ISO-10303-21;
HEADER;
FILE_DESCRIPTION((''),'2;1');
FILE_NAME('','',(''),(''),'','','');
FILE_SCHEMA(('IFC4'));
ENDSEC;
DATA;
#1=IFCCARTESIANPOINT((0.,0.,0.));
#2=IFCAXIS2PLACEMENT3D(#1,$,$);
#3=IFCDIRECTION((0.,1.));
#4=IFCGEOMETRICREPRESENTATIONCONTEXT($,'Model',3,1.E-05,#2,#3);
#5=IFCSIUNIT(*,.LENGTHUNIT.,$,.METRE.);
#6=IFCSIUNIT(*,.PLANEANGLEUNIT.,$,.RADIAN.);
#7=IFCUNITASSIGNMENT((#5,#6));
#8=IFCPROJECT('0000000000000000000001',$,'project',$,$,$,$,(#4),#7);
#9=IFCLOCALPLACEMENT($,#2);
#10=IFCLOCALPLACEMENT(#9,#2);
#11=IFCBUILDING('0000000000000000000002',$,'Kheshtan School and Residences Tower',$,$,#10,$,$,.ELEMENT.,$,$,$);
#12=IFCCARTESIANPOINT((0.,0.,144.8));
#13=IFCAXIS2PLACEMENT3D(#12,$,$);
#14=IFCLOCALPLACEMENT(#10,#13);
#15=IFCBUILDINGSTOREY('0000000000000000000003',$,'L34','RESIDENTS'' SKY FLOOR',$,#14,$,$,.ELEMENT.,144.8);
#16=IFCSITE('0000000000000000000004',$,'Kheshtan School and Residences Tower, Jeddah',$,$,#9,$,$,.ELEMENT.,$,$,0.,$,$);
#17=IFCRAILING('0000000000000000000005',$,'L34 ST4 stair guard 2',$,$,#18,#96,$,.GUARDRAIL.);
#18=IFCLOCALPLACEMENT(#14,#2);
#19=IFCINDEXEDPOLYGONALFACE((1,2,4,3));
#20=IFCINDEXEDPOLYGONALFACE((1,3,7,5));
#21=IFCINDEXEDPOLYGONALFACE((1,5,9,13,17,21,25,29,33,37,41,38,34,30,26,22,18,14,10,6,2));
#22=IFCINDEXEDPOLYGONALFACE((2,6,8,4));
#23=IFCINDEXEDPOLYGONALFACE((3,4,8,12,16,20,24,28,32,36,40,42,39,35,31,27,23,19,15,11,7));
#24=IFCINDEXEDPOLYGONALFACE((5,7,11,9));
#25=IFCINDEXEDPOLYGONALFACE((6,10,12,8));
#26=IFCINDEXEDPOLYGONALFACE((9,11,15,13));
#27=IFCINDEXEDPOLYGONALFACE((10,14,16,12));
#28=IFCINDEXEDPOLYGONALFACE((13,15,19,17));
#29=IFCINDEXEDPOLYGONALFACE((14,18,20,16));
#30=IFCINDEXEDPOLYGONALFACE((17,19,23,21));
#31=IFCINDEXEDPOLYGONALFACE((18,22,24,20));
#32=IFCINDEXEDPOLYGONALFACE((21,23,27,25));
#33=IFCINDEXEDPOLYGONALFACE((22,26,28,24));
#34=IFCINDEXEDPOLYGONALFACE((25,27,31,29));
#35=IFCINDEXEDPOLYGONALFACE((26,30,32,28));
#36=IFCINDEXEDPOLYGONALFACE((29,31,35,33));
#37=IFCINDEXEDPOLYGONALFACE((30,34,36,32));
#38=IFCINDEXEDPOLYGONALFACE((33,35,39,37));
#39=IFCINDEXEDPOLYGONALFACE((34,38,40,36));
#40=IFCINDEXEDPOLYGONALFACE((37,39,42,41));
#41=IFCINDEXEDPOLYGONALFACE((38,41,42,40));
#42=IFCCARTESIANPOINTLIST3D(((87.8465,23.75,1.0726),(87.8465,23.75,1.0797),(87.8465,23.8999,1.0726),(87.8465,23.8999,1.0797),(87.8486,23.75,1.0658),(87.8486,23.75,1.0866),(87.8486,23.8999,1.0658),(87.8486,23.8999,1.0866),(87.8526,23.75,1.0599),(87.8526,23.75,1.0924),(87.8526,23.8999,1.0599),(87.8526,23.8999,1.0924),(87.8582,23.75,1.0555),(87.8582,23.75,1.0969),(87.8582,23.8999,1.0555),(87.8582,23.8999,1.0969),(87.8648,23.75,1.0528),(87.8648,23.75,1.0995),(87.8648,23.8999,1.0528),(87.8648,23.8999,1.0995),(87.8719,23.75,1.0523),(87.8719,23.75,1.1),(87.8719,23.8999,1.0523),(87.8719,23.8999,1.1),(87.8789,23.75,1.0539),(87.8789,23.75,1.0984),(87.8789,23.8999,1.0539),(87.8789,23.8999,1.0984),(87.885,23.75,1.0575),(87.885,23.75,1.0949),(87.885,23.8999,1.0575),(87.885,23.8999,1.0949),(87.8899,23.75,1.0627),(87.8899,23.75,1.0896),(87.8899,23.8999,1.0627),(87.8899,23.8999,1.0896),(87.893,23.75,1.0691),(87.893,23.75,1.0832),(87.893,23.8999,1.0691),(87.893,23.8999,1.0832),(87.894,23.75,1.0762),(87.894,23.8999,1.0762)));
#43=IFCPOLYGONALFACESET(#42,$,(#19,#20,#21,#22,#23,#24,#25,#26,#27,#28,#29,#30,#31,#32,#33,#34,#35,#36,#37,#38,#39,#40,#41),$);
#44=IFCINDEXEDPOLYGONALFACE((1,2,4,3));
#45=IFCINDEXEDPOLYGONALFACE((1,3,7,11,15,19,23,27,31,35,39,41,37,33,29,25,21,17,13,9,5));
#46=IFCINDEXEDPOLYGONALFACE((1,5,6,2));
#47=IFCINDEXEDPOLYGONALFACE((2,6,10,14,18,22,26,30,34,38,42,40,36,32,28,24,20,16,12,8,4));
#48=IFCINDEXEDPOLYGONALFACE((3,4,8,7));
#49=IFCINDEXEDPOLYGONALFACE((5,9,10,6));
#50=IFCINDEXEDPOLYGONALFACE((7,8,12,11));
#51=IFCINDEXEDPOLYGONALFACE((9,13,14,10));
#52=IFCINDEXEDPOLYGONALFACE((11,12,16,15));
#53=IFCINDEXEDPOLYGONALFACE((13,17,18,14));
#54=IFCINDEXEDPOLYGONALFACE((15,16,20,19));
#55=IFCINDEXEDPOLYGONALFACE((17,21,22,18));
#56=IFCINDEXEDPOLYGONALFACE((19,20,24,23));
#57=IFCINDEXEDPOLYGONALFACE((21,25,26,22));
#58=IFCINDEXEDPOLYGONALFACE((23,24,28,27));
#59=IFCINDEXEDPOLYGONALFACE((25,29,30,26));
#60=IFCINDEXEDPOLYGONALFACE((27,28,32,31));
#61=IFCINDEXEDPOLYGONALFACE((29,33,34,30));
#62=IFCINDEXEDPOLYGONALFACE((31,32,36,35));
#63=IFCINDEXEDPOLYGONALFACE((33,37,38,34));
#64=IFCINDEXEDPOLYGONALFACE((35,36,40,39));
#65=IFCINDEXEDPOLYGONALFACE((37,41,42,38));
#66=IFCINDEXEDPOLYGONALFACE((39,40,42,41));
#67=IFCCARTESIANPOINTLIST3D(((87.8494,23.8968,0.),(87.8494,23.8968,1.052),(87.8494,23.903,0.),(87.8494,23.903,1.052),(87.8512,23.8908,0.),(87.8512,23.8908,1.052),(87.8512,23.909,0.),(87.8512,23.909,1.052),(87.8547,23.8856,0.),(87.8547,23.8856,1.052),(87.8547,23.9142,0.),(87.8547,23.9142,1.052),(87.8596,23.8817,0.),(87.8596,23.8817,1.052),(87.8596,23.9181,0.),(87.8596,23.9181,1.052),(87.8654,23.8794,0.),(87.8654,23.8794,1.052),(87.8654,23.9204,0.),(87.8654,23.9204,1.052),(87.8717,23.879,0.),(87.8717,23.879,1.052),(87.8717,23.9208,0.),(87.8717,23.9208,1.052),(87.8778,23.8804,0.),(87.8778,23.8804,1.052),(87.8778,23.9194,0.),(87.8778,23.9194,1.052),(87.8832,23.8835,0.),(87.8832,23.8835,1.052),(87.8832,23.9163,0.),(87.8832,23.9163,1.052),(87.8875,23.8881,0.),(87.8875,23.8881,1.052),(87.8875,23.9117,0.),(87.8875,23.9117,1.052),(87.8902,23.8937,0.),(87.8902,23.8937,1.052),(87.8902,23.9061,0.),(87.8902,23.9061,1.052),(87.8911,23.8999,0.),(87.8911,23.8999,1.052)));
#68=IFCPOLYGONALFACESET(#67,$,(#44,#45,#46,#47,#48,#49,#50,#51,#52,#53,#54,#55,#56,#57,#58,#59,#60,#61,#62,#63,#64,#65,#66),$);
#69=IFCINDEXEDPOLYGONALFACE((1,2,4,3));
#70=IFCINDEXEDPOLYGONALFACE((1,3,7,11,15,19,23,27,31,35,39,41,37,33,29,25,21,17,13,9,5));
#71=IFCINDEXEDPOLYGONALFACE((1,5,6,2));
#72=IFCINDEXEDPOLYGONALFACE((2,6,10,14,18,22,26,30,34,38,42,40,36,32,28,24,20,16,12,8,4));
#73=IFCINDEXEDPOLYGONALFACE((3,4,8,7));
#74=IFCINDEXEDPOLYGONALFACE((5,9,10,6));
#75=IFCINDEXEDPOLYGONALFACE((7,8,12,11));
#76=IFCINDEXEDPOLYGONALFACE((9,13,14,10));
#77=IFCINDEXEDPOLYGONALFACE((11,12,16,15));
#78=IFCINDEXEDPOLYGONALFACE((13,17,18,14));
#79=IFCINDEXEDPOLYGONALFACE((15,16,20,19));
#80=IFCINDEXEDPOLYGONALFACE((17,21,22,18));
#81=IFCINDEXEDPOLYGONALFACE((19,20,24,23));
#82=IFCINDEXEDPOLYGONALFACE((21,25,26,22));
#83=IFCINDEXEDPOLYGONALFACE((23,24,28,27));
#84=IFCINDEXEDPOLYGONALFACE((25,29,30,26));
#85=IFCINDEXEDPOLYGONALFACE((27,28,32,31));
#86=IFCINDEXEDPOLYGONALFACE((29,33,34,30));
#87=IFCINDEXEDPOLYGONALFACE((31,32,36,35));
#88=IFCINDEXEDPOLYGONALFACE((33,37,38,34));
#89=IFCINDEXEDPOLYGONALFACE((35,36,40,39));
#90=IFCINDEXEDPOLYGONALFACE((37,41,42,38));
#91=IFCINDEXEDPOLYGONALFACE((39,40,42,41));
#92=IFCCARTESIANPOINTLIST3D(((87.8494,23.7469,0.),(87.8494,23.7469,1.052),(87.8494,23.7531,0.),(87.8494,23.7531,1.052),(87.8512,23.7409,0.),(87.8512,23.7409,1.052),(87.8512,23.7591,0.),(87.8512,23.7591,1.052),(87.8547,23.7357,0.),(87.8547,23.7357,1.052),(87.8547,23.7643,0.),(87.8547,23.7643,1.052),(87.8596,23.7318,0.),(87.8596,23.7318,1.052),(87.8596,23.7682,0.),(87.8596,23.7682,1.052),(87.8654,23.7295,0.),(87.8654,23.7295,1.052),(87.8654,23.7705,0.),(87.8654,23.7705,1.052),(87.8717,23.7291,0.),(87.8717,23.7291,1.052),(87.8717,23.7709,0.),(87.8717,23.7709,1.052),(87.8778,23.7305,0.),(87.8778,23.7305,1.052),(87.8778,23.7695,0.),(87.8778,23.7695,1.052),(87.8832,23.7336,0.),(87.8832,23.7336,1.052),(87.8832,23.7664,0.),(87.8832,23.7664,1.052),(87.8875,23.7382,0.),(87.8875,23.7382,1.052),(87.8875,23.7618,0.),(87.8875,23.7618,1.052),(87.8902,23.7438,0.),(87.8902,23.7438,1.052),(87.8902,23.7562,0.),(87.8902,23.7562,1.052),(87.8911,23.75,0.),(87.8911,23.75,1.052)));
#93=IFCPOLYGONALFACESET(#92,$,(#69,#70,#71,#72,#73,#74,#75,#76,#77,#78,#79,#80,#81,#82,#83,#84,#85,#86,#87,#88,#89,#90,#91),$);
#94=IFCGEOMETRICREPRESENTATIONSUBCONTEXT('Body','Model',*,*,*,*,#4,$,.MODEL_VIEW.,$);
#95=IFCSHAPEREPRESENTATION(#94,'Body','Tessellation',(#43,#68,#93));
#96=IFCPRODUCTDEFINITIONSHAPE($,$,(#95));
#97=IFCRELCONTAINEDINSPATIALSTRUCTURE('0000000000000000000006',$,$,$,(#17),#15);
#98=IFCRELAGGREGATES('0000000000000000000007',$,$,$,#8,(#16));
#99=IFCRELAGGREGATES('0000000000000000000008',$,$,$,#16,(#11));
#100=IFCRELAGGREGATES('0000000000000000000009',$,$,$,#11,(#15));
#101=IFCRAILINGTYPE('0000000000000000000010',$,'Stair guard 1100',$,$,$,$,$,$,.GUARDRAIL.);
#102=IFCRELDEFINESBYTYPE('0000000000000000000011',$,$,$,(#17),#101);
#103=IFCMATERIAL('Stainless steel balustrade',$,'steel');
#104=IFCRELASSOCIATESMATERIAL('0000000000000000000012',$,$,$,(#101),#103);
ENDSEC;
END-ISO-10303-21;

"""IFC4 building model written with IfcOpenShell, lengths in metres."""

from ifc_helpers import new_model, si_unit, direction, frame, origin, origin_2d, place, context, subcontext, project, spatial, circle, extrude, material, type_object, element, save


model = new_model("IFC4")

# Units and contexts
model_context = context("Model", 3, precision=1e-05, world=origin(), true_north=direction((0.0, 1.0)))
body_context = subcontext(model_context, "Body", "Model", "MODEL_VIEW")
ifc_project = project(units=[si_unit("LENGTHUNIT", "METRE"), si_unit("PLANEANGLEUNIT", "RADIAN")], contexts=[model_context])

# Site, building, storey
site_placement = place(None, origin())
site = spatial("IfcSite", under=ifc_project, at=site_placement, Name="Kheshtan School and Residences Tower, Jeddah", CompositionType="ELEMENT", RefElevation=0.0)
building_placement = place(site_placement, origin())
building = spatial("IfcBuilding", under=site, at=building_placement, Name="Kheshtan School and Residences Tower", CompositionType="ELEMENT")
storey_placement = place(building_placement, frame((0.0, 0.0, 144.8)))
storey = spatial("IfcBuildingStorey", under=building, at=storey_placement, Name="L34", Description="RESIDENTS' SKY FLOOR", CompositionType="ELEMENT", Elevation=144.8)

# Railing
ifc_material_1 = material(Name="Stainless steel balustrade", Category="steel")
railing_type_1 = type_object("IfcRailingType", Name="Stair guard 1100", PredefinedType="GUARDRAIL", material=ifc_material_1)
railing_1_placement = place(storey_placement, frame((87.8701, 23.8999, 0.0)))
element("IfcRailing", 1, at=railing_1_placement, inside=storey, type_object=railing_type_1, Name="L34 ST4 stair guard 2", PredefinedType="GUARDRAIL", context=body_context, shape_type="SweptSolid", body=[
    extrude(circle(Radius=0.0239, at=origin_2d()), frame((0.0, 0.0, 1.0762), z_axis=(0.0, -1.0, 0.0), x_axis=(1.0, 0.0, 0.0)), (0.0, 0.0, 1.0), 0.1499),
    extrude(circle(Radius=0.021, at=origin_2d()), origin(), (0.0, 0.0, 1.0), 1.052),
    extrude(circle(Radius=0.021, at=origin_2d()), frame((0.0, -0.1499, 0.0)), (0.0, 0.0, 1.0), 1.052),
])

save(model, "model.ifc")
